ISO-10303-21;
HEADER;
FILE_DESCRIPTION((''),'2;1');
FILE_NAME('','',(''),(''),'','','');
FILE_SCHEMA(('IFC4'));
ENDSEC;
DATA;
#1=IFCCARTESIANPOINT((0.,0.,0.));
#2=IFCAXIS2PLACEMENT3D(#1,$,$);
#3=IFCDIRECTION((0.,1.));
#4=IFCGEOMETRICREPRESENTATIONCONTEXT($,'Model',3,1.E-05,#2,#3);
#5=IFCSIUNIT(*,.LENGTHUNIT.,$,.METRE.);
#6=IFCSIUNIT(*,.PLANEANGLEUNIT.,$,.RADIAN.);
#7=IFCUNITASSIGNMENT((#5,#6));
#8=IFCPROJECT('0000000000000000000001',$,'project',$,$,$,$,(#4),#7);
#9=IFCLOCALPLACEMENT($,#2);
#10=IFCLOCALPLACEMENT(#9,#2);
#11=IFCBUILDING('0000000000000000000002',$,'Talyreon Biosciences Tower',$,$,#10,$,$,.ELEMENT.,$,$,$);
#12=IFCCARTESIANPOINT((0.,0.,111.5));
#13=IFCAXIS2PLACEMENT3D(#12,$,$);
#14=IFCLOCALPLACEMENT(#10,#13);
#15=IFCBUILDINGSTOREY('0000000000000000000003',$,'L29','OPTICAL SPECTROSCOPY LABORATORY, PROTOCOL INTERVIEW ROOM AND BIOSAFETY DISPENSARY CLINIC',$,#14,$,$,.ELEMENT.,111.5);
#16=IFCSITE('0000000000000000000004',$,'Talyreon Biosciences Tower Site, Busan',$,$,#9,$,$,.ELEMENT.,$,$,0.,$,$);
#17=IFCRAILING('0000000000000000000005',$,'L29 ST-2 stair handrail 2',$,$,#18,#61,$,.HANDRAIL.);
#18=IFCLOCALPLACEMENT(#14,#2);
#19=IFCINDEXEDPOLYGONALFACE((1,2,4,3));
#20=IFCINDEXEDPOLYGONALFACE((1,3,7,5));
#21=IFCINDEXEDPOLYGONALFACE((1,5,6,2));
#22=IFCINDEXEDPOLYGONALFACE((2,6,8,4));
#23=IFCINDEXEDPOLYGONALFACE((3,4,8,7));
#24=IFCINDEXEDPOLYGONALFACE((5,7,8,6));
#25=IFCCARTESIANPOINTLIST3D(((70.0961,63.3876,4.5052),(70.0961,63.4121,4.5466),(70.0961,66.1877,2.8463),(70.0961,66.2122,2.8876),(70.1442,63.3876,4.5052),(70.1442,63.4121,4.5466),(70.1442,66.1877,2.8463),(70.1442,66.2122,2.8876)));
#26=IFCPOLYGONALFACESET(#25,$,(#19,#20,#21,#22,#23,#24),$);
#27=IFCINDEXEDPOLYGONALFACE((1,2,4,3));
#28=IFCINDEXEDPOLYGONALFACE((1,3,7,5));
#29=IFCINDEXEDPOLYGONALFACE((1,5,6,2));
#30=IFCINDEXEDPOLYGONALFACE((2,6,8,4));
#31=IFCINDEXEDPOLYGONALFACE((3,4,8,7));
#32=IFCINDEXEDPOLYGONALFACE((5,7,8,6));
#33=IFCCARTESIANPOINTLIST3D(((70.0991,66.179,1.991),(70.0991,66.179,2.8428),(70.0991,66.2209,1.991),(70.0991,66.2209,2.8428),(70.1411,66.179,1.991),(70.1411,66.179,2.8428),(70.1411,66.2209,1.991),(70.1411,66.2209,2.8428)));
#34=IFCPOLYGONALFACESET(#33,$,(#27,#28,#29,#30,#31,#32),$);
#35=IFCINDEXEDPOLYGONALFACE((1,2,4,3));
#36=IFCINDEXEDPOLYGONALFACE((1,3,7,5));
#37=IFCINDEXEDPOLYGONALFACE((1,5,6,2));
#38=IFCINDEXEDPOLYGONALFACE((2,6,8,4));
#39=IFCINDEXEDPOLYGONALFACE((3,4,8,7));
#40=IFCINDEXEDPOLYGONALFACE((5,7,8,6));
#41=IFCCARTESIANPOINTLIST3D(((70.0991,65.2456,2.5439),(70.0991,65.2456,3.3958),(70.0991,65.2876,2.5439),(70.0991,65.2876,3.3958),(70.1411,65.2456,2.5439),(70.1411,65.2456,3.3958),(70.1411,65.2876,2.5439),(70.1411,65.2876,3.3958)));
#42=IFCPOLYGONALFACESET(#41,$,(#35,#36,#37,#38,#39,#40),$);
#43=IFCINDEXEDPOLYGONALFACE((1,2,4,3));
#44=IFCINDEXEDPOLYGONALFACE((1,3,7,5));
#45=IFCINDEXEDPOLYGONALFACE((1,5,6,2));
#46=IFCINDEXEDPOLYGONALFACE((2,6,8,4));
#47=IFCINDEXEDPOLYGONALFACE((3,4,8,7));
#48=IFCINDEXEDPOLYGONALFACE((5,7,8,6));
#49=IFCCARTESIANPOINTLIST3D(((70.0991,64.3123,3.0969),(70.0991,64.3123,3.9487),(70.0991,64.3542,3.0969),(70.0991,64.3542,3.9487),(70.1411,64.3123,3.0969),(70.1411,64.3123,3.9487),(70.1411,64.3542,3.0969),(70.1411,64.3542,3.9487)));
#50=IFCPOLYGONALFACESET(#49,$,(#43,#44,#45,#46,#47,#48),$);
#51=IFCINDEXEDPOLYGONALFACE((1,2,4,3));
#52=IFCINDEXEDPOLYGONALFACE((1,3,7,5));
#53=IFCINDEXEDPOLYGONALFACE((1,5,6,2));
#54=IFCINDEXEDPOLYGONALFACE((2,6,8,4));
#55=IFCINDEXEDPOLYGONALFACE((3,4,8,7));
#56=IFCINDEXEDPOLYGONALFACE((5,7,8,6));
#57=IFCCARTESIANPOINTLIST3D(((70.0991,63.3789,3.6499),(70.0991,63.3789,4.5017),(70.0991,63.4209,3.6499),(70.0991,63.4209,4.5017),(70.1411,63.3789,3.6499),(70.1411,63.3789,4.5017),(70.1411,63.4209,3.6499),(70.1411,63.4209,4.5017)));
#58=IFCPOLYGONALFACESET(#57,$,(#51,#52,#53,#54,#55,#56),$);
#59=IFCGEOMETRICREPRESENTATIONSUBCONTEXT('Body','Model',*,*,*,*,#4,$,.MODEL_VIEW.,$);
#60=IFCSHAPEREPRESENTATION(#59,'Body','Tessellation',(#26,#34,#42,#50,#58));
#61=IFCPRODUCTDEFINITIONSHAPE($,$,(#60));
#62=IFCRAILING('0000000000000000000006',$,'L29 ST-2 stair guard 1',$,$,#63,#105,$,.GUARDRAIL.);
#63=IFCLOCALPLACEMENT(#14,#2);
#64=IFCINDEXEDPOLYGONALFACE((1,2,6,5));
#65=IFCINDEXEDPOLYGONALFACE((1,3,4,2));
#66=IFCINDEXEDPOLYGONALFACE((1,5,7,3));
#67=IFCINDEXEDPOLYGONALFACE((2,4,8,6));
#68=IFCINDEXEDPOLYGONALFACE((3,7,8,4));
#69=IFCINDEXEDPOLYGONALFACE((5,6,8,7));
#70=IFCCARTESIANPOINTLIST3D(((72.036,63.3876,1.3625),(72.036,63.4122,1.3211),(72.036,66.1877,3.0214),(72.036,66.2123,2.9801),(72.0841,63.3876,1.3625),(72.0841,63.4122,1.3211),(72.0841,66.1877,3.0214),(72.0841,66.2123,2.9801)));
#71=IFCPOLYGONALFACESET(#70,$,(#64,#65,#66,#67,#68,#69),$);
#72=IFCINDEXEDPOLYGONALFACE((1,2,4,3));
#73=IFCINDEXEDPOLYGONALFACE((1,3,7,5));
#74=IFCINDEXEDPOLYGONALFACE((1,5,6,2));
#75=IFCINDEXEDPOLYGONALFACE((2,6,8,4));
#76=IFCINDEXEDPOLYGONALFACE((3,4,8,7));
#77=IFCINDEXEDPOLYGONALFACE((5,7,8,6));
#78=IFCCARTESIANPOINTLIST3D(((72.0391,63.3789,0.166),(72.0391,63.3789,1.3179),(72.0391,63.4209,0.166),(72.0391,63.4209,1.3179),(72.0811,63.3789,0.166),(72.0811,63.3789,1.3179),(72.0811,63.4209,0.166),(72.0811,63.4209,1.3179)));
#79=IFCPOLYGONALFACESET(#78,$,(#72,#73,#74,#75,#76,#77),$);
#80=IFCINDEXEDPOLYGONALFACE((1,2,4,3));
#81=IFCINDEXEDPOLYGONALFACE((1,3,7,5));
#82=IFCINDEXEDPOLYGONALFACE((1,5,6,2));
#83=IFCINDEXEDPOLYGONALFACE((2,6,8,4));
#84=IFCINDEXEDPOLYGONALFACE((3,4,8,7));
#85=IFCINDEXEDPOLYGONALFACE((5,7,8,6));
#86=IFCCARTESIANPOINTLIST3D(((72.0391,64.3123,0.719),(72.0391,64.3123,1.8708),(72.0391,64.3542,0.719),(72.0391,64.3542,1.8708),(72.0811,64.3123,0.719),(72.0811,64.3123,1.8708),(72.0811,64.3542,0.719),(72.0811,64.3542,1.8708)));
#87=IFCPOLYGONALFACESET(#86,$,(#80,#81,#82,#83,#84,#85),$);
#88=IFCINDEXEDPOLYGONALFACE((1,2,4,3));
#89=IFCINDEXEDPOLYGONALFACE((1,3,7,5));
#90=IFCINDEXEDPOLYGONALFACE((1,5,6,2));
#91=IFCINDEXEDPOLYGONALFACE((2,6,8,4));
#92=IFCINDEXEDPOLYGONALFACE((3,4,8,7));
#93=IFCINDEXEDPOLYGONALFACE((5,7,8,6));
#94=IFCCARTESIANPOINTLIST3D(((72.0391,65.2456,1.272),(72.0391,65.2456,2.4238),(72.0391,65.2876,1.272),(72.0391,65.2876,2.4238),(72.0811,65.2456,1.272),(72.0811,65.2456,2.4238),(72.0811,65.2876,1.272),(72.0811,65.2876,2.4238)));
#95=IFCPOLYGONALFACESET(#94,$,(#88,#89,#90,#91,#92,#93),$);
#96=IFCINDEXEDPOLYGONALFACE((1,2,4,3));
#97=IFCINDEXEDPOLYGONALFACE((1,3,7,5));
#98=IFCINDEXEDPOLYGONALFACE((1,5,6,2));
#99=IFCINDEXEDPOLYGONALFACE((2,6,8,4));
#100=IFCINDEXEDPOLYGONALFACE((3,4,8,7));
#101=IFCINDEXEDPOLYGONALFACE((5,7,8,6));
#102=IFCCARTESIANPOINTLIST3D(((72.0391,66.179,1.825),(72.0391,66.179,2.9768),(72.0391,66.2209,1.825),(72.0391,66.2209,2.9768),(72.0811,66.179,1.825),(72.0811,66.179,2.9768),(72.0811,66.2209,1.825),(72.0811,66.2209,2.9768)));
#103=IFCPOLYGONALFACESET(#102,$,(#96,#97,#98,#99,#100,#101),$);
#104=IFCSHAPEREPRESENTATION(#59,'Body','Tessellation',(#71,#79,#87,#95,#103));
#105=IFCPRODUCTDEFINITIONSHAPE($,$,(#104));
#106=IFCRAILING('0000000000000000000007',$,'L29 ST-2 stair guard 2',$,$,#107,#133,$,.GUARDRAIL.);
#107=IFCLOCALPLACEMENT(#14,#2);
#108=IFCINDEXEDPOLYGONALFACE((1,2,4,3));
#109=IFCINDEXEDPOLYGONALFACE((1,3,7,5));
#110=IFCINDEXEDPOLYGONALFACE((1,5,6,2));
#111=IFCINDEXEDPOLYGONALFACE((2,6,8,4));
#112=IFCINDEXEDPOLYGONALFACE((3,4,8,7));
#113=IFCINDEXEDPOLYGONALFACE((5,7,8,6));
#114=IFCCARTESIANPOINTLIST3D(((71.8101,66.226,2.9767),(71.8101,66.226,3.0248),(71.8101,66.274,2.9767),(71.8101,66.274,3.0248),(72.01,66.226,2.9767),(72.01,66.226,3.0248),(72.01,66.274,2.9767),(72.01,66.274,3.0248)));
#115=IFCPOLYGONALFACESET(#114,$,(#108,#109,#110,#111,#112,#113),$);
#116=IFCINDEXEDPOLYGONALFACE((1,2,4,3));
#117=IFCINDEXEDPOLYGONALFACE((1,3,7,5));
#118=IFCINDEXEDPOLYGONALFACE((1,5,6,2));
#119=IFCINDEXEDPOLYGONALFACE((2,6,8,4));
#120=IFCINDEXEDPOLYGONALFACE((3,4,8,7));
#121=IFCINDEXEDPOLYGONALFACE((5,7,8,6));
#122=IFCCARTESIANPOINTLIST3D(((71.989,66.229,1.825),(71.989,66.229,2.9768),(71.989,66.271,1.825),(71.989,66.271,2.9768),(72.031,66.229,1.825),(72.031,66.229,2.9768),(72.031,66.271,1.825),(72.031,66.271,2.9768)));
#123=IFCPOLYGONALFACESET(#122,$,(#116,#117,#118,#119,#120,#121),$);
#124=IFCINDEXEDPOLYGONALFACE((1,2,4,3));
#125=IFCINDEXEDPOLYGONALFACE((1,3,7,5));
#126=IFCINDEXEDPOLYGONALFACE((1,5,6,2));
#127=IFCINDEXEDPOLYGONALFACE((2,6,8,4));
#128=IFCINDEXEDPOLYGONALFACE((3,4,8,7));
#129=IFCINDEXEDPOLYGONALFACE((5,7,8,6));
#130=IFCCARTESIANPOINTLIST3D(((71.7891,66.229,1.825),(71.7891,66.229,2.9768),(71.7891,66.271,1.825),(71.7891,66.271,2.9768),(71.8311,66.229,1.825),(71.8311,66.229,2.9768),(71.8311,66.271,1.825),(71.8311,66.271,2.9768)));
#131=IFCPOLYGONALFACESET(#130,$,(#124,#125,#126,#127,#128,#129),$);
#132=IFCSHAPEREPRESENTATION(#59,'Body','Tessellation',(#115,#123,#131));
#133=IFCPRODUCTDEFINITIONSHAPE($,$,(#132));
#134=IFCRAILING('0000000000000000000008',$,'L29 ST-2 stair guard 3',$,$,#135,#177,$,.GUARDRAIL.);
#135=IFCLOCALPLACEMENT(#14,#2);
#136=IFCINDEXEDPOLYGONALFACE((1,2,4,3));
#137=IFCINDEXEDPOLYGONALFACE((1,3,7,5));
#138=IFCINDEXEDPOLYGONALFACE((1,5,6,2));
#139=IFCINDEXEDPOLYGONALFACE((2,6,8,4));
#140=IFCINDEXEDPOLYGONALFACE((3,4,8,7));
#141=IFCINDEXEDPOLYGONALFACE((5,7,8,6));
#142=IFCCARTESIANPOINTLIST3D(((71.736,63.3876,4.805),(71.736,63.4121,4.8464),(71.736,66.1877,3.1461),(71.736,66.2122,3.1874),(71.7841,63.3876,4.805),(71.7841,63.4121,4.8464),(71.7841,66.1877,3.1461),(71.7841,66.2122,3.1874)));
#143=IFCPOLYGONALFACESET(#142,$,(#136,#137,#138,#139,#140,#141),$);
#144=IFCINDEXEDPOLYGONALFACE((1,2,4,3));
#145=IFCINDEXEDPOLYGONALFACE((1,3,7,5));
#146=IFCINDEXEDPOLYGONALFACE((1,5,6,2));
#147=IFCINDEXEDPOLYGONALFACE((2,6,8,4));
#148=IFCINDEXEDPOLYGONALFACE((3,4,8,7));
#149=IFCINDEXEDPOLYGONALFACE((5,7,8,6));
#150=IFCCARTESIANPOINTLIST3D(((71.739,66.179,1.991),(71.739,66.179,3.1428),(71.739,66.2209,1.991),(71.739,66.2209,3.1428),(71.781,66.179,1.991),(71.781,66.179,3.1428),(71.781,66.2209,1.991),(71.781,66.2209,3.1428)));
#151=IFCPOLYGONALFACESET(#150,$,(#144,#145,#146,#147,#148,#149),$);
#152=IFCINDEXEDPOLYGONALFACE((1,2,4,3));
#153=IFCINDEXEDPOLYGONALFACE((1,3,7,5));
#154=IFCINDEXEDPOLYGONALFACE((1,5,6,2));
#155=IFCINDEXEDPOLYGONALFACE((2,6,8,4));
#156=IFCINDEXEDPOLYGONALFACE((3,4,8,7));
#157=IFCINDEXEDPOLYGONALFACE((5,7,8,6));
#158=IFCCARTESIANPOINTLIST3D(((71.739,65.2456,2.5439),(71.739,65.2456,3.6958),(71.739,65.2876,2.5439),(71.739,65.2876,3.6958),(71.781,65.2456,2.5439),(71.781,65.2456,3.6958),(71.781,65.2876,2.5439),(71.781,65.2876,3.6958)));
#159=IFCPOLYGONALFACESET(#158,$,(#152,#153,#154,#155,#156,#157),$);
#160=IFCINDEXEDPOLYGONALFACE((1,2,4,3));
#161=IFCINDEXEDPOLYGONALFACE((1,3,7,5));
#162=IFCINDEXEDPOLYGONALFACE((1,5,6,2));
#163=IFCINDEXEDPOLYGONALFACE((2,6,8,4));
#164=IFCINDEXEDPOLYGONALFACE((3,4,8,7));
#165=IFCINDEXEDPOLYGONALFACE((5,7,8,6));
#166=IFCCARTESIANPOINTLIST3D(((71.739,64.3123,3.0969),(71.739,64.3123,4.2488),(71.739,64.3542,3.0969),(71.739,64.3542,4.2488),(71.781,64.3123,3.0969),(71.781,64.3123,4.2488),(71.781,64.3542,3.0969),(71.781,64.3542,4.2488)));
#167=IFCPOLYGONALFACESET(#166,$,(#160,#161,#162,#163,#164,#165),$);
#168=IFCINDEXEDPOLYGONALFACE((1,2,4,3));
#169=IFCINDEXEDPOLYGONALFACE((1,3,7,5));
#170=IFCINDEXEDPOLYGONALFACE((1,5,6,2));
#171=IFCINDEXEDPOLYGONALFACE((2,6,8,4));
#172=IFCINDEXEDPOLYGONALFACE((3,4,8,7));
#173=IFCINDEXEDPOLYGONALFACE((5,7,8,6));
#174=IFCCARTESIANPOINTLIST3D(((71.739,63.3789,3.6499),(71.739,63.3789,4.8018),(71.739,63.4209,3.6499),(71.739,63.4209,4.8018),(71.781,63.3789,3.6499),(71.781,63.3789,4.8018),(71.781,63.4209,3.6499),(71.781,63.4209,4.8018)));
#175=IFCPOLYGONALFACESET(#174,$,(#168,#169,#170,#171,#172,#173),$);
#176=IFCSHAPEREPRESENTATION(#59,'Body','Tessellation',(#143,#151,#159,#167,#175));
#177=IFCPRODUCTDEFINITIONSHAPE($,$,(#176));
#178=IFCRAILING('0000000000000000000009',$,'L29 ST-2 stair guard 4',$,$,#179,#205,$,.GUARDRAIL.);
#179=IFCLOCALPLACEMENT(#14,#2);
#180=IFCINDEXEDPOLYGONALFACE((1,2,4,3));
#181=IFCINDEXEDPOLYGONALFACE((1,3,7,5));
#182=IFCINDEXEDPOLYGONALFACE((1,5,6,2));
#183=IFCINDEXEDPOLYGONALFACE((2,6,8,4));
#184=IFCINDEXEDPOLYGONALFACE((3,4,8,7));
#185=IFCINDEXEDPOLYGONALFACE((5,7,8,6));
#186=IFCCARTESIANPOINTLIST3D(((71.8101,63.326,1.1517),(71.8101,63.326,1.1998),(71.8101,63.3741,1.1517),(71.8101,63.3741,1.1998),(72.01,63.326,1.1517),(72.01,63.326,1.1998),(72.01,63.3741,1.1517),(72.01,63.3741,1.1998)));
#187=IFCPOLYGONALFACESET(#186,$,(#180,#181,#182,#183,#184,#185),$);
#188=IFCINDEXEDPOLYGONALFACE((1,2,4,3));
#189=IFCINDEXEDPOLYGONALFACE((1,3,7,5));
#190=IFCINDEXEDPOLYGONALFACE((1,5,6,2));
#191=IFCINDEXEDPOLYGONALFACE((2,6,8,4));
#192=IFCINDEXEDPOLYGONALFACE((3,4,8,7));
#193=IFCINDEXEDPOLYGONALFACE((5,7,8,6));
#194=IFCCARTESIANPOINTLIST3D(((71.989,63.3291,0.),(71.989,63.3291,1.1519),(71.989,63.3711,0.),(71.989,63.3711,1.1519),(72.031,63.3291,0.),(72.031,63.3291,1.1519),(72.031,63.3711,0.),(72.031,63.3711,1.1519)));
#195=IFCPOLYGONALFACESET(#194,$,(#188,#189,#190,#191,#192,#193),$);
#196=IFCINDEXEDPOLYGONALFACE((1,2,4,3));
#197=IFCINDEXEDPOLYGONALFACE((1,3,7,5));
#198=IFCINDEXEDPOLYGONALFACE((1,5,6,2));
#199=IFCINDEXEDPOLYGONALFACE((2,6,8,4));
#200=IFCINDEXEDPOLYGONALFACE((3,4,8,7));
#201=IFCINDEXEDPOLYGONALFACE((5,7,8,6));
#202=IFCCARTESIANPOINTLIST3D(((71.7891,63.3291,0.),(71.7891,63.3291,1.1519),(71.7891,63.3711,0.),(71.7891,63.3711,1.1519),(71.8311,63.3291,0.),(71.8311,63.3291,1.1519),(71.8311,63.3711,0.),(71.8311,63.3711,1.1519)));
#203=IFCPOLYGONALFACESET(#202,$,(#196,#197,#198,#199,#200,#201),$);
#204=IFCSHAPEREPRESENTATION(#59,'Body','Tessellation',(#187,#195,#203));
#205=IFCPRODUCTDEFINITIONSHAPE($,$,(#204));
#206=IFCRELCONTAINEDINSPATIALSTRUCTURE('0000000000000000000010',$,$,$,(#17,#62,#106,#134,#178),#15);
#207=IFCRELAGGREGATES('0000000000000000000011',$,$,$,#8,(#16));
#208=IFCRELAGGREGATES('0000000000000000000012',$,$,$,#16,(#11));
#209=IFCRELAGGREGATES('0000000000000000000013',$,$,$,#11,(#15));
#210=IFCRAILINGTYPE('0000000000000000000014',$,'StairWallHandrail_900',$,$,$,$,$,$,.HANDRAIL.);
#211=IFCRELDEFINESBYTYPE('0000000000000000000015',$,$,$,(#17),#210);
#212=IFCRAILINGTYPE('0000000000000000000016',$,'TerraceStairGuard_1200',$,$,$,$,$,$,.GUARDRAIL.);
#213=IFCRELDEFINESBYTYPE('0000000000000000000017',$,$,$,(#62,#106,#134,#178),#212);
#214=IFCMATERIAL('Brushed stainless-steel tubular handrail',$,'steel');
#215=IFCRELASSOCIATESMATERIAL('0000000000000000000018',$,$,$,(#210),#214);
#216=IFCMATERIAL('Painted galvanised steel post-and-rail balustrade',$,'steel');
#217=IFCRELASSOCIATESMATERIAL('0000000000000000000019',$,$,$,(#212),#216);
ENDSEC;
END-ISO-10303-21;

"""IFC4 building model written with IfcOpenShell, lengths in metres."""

from ifc_helpers import new_model, si_unit, direction, frame, origin, origin_2d, place, context, subcontext, project, spatial, rectangle, extrude, material, type_object, element, save


model = new_model("IFC4")

# Units and contexts
model_context = context("Model", 3, precision=1e-05, world=origin(), true_north=direction((0.0, 1.0)))
body_context = subcontext(model_context, "Body", "Model", "MODEL_VIEW")
ifc_project = project(units=[si_unit("LENGTHUNIT", "METRE"), si_unit("PLANEANGLEUNIT", "RADIAN")], contexts=[model_context])

# Site, building, storey
site_placement = place(None, origin())
site = spatial("IfcSite", under=ifc_project, at=site_placement, Name="Talyreon Biosciences Tower Site, Busan", CompositionType="ELEMENT", RefElevation=0.0)
building_placement = place(site_placement, origin())
building = spatial("IfcBuilding", under=site, at=building_placement, Name="Talyreon Biosciences Tower", CompositionType="ELEMENT")
storey_placement = place(building_placement, frame((0.0, 0.0, 111.5)))
storey = spatial("IfcBuildingStorey", under=building, at=storey_placement, Name="L29", Description="OPTICAL SPECTROSCOPY LABORATORY, PROTOCOL INTERVIEW ROOM AND BIOSAFETY DISPENSARY CLINIC", CompositionType="ELEMENT", Elevation=111.5)

# Railings
ifc_material_1 = material(Name="Brushed stainless-steel tubular handrail", Category="steel")
railing_type_1 = type_object("IfcRailingType", Name="StairWallHandrail_900", PredefinedType="HANDRAIL", material=ifc_material_1)
railing_1_placement = place(storey_placement, frame((70.1201, 66.2, 1.991)))
element("IfcRailing", 1, at=railing_1_placement, inside=storey, type_object=railing_type_1, Name="L29 ST-2 stair handrail 2", PredefinedType="HANDRAIL", context=body_context, shape_type="SweptSolid", body=[
    extrude(rectangle(XDim=0.0481, YDim=0.0481, at=origin_2d()), frame((0.0, 0.0, 0.876), z_axis=(0.0, -0.860339, 0.509722), x_axis=(1.0, 0.0, 0.0)), (0.0, 0.0, 1.0), 3.2546),
    extrude(rectangle(XDim=0.042, YDim=0.042, at=origin_2d()), origin(), (0.0, 0.0, 1.0), 0.8518),
    extrude(rectangle(XDim=0.042, YDim=0.042, at=origin_2d()), frame((0.0, -0.9333, 0.553)), (0.0, 0.0, 1.0), 0.8518),
    extrude(rectangle(XDim=0.042, YDim=0.042, at=origin_2d()), frame((0.0, -1.8667, 1.106)), (0.0, 0.0, 1.0), 0.8518),
    extrude(rectangle(XDim=0.042, YDim=0.042, at=origin_2d()), frame((0.0, -2.8, 1.6589)), (0.0, 0.0, 1.0), 0.8518),
])
ifc_material_2 = material(Name="Painted galvanised steel post-and-rail balustrade", Category="steel")
railing_type_2 = type_object("IfcRailingType", Name="TerraceStairGuard_1200", PredefinedType="GUARDRAIL", material=ifc_material_2)
railing_2_placement = place(storey_placement, frame((72.0601, 63.3999, 0.166)))
element("IfcRailing", 2, at=railing_2_placement, inside=storey, type_object=railing_type_2, Name="L29 ST-2 stair guard 1", PredefinedType="GUARDRAIL", context=body_context, shape_type="SweptSolid", body=[
    extrude(rectangle(XDim=0.0481, YDim=0.0481, at=origin_2d()), frame((0.0, 0.0, 1.1758), z_axis=(0.0, 0.860339, 0.509722), x_axis=(-1.0, 0.0, 0.0)), (0.0, 0.0, 1.0), 3.2546),
    extrude(rectangle(XDim=0.042, YDim=0.042, at=origin_2d()), origin(), (0.0, 0.0, 1.0), 1.1519),
    extrude(rectangle(XDim=0.042, YDim=0.042, at=origin_2d()), frame((0.0, 0.9333, 0.553)), (0.0, 0.0, 1.0), 1.1519),
    extrude(rectangle(XDim=0.042, YDim=0.042, at=origin_2d()), frame((0.0, 1.8667, 1.106)), (0.0, 0.0, 1.0), 1.1519),
    extrude(rectangle(XDim=0.042, YDim=0.042, at=origin_2d()), frame((0.0, 2.8, 1.6589)), (0.0, 0.0, 1.0), 1.1519),
])
railing_3_placement = place(storey_placement, frame((72.01, 66.25, 1.825)))
element("IfcRailing", 3, at=railing_3_placement, inside=storey, type_object=railing_type_2, Name="L29 ST-2 stair guard 2", PredefinedType="GUARDRAIL", context=body_context, shape_type="SweptSolid", body=[
    extrude(rectangle(XDim=0.0481, YDim=0.0481, at=origin_2d()), frame((0.0, 0.0, 1.1758), z_axis=(-1.0, 0.0, 0.0), x_axis=(0.0, -1.0, 0.0)), (0.0, 0.0, 1.0), 0.2),
    extrude(rectangle(XDim=0.042, YDim=0.042, at=origin_2d()), origin(), (0.0, 0.0, 1.0), 1.1519),
    extrude(rectangle(XDim=0.042, YDim=0.042, at=origin_2d()), frame((-0.2, 0.0, 0.0)), (0.0, 0.0, 1.0), 1.1519),
])
railing_4_placement = place(storey_placement, frame((71.76, 66.2, 1.991)))
element("IfcRailing", 4, at=railing_4_placement, inside=storey, type_object=railing_type_2, Name="L29 ST-2 stair guard 3", PredefinedType="GUARDRAIL", context=body_context, shape_type="SweptSolid", body=[
    extrude(rectangle(XDim=0.0481, YDim=0.0481, at=origin_2d()), frame((0.0, 0.0, 1.1758), z_axis=(0.0, -0.860339, 0.509722), x_axis=(1.0, 0.0, 0.0)), (0.0, 0.0, 1.0), 3.2546),
    extrude(rectangle(XDim=0.042, YDim=0.042, at=origin_2d()), origin(), (0.0, 0.0, 1.0), 1.1519),
    extrude(rectangle(XDim=0.042, YDim=0.042, at=origin_2d()), frame((0.0, -0.9333, 0.553)), (0.0, 0.0, 1.0), 1.1519),
    extrude(rectangle(XDim=0.042, YDim=0.042, at=origin_2d()), frame((0.0, -1.8667, 1.106)), (0.0, 0.0, 1.0), 1.1519),
    extrude(rectangle(XDim=0.042, YDim=0.042, at=origin_2d()), frame((0.0, -2.8, 1.6589)), (0.0, 0.0, 1.0), 1.1519),
])
railing_5_placement = place(storey_placement, frame((72.01, 63.3501, 0.0)))
element("IfcRailing", 5, at=railing_5_placement, inside=storey, type_object=railing_type_2, Name="L29 ST-2 stair guard 4", PredefinedType="GUARDRAIL", context=body_context, shape_type="SweptSolid", body=[
    extrude(rectangle(XDim=0.0481, YDim=0.0481, at=origin_2d()), frame((0.0, 0.0, 1.1758), z_axis=(-1.0, 0.0, 0.0), x_axis=(0.0, -1.0, 0.0)), (0.0, 0.0, 1.0), 0.2),
    extrude(rectangle(XDim=0.042, YDim=0.042, at=origin_2d()), origin(), (0.0, 0.0, 1.0), 1.1519),
    extrude(rectangle(XDim=0.042, YDim=0.042, at=origin_2d()), frame((-0.2, 0.0, 0.0)), (0.0, 0.0, 1.0), 1.1519),
])

save(model, "model.ifc")
